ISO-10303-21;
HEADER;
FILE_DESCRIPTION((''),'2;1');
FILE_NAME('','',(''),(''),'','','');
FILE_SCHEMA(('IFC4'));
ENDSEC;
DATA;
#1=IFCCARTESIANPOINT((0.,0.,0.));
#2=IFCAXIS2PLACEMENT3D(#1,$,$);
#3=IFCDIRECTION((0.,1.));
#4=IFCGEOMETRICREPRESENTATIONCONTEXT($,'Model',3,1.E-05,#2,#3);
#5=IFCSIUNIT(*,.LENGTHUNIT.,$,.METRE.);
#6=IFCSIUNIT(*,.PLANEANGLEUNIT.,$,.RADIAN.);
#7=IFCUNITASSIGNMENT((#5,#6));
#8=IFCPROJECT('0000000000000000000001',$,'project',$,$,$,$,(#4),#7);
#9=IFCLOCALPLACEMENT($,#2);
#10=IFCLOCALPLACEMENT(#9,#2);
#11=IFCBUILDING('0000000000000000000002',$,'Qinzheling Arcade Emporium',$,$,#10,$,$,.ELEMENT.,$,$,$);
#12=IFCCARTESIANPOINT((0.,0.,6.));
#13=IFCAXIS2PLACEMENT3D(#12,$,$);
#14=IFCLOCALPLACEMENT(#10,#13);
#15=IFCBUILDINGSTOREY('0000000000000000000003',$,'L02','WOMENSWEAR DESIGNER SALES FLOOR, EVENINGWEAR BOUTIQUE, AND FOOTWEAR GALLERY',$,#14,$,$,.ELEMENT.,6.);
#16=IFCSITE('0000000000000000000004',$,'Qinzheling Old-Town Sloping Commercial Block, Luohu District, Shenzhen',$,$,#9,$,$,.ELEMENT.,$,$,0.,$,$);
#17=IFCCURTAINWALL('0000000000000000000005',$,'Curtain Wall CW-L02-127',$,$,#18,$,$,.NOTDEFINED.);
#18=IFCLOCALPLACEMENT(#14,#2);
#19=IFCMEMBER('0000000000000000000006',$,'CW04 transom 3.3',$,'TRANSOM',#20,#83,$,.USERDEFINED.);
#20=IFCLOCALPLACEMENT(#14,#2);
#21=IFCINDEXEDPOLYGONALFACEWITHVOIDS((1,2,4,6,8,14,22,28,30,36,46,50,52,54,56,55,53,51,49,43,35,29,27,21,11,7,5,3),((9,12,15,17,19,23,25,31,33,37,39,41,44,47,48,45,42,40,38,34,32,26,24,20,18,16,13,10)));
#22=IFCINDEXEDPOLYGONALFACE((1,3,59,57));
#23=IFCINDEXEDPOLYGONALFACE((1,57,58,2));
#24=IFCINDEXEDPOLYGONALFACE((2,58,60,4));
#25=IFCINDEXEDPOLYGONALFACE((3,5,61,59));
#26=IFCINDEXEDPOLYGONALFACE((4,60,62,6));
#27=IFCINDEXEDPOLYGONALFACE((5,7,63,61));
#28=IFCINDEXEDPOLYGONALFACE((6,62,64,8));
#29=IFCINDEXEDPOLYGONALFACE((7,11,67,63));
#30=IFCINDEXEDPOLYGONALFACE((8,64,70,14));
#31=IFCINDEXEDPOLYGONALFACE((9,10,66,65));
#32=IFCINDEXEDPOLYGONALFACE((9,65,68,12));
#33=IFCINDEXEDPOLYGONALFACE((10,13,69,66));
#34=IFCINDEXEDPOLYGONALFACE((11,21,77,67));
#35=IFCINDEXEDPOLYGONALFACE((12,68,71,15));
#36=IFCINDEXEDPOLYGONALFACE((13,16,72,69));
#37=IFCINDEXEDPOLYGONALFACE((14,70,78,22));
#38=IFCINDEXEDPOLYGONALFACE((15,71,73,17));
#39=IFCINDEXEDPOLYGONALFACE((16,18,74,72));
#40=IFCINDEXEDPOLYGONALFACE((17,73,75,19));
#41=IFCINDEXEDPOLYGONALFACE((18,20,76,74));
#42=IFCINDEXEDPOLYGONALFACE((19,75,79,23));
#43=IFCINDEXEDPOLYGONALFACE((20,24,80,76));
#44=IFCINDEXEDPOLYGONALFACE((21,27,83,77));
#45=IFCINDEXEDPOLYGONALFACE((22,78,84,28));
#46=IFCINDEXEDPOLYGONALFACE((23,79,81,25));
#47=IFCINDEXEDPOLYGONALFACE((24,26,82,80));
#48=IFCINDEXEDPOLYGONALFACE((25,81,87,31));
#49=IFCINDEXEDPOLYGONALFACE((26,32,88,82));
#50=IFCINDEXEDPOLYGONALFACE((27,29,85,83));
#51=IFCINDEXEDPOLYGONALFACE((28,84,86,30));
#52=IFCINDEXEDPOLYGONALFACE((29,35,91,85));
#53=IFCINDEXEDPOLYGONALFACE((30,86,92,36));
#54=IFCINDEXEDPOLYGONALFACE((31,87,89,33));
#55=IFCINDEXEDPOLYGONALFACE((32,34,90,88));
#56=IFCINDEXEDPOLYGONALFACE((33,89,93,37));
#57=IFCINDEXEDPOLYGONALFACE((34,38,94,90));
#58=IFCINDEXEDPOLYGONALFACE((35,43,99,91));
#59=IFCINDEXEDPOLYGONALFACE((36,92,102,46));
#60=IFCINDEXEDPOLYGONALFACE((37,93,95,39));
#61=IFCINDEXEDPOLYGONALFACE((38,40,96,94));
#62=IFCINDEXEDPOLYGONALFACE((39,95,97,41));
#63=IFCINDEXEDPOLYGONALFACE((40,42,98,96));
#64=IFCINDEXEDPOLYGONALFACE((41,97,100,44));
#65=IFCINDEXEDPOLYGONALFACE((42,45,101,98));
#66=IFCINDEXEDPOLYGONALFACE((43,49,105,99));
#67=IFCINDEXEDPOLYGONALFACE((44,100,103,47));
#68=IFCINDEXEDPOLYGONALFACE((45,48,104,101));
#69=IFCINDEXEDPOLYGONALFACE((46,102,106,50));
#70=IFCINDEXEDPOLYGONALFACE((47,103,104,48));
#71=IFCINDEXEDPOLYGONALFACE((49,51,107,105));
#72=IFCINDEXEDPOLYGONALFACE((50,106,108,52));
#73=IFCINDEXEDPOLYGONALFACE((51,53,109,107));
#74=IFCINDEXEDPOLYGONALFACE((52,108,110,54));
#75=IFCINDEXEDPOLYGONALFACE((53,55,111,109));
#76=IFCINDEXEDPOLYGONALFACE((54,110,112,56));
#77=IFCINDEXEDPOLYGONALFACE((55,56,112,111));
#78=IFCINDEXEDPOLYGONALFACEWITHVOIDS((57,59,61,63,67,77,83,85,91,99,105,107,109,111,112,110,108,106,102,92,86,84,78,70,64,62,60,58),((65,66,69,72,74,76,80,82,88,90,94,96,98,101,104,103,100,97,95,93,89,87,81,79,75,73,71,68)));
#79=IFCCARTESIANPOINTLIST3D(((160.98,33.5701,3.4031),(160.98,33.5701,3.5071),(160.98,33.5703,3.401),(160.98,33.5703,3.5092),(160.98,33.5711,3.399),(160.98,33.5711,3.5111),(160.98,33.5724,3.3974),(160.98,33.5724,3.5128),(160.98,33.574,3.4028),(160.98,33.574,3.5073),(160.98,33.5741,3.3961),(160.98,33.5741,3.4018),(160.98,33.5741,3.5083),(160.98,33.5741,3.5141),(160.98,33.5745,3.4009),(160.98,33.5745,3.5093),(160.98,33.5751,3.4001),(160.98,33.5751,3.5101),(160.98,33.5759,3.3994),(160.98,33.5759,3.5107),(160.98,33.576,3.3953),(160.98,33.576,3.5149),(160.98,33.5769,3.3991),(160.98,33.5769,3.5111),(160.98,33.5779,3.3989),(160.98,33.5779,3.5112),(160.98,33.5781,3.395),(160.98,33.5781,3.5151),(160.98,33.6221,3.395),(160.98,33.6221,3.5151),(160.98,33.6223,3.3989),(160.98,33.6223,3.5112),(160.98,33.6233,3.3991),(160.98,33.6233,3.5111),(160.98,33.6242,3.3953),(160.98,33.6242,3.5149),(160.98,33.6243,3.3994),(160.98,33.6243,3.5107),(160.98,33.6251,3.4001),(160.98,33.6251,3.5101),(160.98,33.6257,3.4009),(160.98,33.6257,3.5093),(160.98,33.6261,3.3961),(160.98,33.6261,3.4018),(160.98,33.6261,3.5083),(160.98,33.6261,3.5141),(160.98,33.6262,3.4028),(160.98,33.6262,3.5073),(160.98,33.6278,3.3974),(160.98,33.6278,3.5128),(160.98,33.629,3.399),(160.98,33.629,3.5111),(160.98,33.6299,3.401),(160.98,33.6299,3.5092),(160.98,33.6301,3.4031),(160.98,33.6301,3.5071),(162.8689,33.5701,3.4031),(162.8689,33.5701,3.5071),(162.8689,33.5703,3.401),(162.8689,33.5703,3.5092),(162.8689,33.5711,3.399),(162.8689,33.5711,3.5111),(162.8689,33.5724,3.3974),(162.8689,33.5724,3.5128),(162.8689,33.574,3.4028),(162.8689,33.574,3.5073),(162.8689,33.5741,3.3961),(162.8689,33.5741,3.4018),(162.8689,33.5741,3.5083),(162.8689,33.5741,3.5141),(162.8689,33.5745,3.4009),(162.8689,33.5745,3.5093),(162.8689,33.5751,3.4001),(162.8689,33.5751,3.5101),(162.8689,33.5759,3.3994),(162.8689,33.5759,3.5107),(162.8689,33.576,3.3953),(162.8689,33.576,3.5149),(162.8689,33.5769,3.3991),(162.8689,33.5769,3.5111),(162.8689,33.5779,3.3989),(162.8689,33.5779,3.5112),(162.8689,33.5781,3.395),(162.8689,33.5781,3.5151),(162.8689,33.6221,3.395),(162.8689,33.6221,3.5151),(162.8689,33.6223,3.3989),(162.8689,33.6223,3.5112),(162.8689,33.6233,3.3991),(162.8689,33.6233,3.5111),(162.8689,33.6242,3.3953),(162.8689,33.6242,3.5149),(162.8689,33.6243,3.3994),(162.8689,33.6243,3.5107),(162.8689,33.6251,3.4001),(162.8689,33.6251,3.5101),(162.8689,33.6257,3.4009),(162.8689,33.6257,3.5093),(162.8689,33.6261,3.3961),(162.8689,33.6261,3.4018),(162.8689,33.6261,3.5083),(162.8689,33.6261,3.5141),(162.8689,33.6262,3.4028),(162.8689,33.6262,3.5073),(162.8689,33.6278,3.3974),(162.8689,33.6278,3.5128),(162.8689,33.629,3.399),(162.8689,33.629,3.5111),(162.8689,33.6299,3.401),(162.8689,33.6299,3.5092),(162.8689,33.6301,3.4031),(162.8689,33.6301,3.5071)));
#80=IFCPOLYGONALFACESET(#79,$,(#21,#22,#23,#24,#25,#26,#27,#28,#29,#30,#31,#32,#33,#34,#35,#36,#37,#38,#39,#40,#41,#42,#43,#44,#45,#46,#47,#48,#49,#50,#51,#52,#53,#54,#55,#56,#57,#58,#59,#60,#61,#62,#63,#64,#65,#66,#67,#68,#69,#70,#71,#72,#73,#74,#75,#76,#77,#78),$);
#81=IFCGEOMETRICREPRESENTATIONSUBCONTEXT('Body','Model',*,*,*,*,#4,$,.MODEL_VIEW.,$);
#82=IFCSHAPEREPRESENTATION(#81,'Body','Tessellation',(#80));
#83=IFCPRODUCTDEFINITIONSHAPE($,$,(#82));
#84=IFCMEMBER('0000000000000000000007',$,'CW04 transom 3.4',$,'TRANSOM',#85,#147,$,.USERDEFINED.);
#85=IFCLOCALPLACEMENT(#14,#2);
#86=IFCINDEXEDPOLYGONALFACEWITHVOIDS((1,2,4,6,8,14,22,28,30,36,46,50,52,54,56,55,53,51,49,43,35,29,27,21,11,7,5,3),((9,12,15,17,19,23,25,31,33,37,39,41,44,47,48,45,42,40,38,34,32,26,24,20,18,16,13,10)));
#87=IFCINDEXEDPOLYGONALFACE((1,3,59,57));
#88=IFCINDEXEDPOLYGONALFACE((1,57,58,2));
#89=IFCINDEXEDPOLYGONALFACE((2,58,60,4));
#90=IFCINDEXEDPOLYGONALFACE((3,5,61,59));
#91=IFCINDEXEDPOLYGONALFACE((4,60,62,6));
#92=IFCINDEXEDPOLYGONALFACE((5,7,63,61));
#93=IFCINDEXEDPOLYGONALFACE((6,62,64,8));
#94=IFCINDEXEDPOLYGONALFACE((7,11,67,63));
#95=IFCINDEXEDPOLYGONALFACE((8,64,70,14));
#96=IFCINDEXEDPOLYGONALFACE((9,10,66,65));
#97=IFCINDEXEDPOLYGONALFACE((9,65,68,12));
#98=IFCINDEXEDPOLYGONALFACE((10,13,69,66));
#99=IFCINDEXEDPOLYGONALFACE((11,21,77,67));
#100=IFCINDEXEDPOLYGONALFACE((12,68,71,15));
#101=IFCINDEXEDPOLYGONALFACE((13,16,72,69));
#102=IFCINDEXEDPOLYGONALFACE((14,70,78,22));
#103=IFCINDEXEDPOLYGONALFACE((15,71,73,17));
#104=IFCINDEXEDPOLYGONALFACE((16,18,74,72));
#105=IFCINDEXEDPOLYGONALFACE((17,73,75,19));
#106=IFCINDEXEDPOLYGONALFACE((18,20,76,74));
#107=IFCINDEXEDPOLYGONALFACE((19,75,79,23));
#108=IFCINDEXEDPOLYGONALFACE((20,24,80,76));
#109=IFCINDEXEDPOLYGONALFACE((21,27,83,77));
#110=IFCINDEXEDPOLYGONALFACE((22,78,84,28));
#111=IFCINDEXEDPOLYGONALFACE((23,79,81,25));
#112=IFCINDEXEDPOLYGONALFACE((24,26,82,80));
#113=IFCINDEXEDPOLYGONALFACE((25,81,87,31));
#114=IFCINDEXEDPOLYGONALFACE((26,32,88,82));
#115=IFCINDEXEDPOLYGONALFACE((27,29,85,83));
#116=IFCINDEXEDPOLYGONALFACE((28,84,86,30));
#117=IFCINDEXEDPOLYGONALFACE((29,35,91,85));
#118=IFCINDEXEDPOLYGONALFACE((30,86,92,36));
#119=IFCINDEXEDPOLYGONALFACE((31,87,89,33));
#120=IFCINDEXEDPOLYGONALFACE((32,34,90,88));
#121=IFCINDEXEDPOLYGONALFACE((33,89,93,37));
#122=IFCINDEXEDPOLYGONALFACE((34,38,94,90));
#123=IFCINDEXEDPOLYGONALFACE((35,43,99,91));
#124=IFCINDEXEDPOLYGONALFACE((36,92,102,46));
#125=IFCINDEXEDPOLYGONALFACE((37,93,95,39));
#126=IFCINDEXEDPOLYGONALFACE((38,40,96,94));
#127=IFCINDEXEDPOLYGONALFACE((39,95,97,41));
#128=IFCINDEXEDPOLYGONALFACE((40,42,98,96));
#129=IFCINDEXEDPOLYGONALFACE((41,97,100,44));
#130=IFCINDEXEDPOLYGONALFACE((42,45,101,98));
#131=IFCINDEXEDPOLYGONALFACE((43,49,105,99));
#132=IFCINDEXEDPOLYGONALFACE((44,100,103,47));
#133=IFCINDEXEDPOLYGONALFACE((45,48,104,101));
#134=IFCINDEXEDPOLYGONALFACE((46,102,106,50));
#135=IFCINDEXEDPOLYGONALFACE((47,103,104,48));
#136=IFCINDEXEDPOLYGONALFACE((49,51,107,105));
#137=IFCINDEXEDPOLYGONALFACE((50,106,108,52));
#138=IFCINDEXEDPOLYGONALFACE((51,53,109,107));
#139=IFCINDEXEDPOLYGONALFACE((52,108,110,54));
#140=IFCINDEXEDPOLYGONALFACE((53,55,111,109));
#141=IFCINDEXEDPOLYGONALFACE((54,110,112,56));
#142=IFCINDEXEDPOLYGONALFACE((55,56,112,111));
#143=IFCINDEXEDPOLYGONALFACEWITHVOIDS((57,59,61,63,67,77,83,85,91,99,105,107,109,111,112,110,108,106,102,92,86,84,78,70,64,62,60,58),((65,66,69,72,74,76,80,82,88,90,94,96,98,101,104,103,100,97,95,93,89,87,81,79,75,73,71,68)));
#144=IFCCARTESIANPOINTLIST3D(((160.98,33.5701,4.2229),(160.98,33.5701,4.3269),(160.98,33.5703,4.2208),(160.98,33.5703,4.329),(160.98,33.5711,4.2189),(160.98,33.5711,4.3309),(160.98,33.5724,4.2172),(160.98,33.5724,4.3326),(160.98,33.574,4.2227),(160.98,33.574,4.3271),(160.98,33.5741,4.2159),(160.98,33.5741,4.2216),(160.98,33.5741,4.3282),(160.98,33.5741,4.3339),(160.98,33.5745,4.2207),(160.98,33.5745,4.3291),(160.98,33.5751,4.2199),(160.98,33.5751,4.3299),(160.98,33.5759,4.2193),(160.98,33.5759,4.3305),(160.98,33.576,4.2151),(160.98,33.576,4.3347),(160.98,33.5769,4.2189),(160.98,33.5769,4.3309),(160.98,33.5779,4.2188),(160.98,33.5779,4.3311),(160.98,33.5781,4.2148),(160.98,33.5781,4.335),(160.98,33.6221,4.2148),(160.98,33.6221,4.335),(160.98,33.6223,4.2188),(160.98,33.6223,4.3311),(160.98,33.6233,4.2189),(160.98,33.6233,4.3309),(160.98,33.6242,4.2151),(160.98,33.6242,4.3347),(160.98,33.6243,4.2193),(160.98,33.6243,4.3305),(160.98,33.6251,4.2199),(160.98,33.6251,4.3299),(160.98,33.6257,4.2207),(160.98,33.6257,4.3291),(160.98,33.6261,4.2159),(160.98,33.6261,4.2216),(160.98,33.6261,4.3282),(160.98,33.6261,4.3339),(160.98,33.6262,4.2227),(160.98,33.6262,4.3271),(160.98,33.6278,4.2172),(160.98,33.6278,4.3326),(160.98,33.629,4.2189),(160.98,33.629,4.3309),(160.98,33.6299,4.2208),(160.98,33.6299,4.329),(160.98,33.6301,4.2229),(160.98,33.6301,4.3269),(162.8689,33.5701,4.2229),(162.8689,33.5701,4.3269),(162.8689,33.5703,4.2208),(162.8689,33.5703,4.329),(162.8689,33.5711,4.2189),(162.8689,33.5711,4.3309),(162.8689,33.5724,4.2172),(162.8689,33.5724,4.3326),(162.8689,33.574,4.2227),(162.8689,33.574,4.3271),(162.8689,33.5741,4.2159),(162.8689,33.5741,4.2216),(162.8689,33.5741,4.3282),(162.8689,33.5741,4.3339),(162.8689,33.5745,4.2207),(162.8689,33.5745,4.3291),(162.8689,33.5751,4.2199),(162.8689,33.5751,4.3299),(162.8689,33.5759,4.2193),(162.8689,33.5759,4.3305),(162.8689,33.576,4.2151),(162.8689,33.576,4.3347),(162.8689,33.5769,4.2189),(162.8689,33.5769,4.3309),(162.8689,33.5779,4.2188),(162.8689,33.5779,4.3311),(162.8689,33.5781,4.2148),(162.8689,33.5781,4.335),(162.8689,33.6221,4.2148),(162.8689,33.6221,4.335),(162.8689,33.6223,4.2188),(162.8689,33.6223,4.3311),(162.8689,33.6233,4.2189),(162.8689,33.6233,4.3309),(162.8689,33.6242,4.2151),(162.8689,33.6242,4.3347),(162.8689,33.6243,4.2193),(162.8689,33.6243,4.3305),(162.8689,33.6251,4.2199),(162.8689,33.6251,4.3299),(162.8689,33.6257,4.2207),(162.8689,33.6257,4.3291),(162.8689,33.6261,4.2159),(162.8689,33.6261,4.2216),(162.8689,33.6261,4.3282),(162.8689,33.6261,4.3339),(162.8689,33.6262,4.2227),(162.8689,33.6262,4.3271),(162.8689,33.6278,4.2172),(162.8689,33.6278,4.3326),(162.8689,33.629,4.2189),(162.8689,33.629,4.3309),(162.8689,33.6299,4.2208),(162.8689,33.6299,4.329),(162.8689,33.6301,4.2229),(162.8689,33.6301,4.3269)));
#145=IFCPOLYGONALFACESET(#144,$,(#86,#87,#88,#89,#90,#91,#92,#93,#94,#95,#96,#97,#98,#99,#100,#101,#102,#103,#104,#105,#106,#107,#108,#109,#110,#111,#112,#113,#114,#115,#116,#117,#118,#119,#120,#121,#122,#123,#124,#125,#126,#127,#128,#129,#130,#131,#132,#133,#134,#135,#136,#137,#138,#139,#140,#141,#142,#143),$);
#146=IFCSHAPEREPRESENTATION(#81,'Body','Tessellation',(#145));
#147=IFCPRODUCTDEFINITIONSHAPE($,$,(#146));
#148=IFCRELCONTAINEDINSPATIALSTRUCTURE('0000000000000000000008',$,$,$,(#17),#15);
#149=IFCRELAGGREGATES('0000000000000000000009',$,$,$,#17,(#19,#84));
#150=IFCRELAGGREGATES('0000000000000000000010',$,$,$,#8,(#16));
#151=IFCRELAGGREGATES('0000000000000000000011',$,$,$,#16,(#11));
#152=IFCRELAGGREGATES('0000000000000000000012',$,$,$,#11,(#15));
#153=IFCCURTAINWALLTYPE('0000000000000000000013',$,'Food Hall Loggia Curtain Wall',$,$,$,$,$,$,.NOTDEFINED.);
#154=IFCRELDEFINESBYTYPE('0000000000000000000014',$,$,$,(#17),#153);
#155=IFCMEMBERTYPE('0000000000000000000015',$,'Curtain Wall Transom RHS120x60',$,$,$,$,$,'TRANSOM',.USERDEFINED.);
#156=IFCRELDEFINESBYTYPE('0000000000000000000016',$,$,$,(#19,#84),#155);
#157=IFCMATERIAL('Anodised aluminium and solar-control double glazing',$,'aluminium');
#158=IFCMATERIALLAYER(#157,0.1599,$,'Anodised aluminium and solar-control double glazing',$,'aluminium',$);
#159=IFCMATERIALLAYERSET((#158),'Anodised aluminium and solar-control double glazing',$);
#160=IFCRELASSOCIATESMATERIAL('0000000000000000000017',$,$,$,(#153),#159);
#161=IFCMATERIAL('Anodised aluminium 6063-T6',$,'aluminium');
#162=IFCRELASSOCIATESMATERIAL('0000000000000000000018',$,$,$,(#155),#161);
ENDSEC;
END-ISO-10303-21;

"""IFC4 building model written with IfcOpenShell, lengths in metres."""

from ifc_helpers import new_model, si_unit, direction, frame, origin, origin_2d, place, context, subcontext, project, spatial, hollow_rectangle, extrude, material, layer, layer_set, material_profile, profile_set, type_object, element, aggregate, save


model = new_model("IFC4")

# Units and contexts
model_context = context("Model", 3, precision=1e-05, world=origin(), true_north=direction((0.0, 1.0)))
body_context = subcontext(model_context, "Body", "Model", "MODEL_VIEW")
ifc_project = project(units=[si_unit("LENGTHUNIT", "METRE"), si_unit("PLANEANGLEUNIT", "RADIAN")], contexts=[model_context])

# Site, building, storey
site_placement = place(None, origin())
site = spatial("IfcSite", under=ifc_project, at=site_placement, Name="Qinzheling Old-Town Sloping Commercial Block, Luohu District, Shenzhen", CompositionType="ELEMENT", RefElevation=0.0)
building_placement = place(site_placement, origin())
building = spatial("IfcBuilding", under=site, at=building_placement, Name="Qinzheling Arcade Emporium", CompositionType="ELEMENT")
storey_placement = place(building_placement, frame((0.0, 0.0, 6.0)))
storey = spatial("IfcBuildingStorey", under=building, at=storey_placement, Name="L02", Description="WOMENSWEAR DESIGNER SALES FLOOR, EVENINGWEAR BOUTIQUE, AND FOOTWEAR GALLERY", CompositionType="ELEMENT", Elevation=6.0)

# Curtain wall, members
ifc_material_1 = material(Name="Anodised aluminium and solar-control double glazing", Category="aluminium")
ifc_layer_1 = layer(ifc_material_1, 0.1599, Name="Anodised aluminium and solar-control double glazing", Category="aluminium")
ifc_layer_set_1 = layer_set([ifc_layer_1], Name="Anodised aluminium and solar-control double glazing")
curtain_wall_type = type_object("IfcCurtainWallType", Name="Food Hall Loggia Curtain Wall", PredefinedType="NOTDEFINED", material=ifc_layer_set_1)
curtain_wall_placement = place(storey_placement, origin())
curtain_wall = element("IfcCurtainWall", 1, at=curtain_wall_placement, inside=storey, type_object=curtain_wall_type, Name="Curtain Wall CW-L02-127", PredefinedType="NOTDEFINED")
ifc_material_2 = material(Name="Anodised aluminium 6063-T6", Category="aluminium")
ifc_material_profile_1 = material_profile(ifc_material_2, hollow_rectangle(XDim=0.0601, YDim=0.1201, WallThickness=0.0039, InnerFilletRadius=0.0039, OuterFilletRadius=0.0081, at=origin_2d()), Name="RHS 120x60x4", Category="aluminium")
ifc_profile_set_1 = profile_set([ifc_material_profile_1], Name="Anodised aluminium 6063-T6")
member_type_1 = type_object("IfcMemberType", Name="Curtain Wall Transom RHS120x60", ElementType="TRANSOM", PredefinedType="USERDEFINED", material=ifc_profile_set_1)
member_1_placement = place(storey_placement, frame((160.98, 33.6001, 3.4551), z_axis=(1.0, 0.0, 0.0), x_axis=(0.0, 1.0, 0.0)))
member_1 = element("IfcMember", 2, at=member_1_placement, type_object=member_type_1, Name="CW04 transom 3.3", ObjectType="TRANSOM", PredefinedType="USERDEFINED", context=body_context, shape_type="SweptSolid", body=[
    extrude(hollow_rectangle(XDim=0.0601, YDim=0.1201, WallThickness=0.0039, InnerFilletRadius=0.0039, OuterFilletRadius=0.0081, at=origin_2d()), origin(), (0.0, 0.0, 1.0), 1.8889),
])
member_2_placement = place(storey_placement, frame((160.98, 33.6001, 4.2749), z_axis=(1.0, 0.0, 0.0), x_axis=(0.0, 1.0, 0.0)))
member_2 = element("IfcMember", 3, at=member_2_placement, type_object=member_type_1, Name="CW04 transom 3.4", ObjectType="TRANSOM", PredefinedType="USERDEFINED", context=body_context, shape_type="SweptSolid", body=[
    extrude(hollow_rectangle(XDim=0.0601, YDim=0.1201, WallThickness=0.0039, InnerFilletRadius=0.0039, OuterFilletRadius=0.0081, at=origin_2d()), origin(), (0.0, 0.0, 1.0), 1.8889),
])
aggregate(curtain_wall, [member_1, member_2])

save(model, "model.ifc")
